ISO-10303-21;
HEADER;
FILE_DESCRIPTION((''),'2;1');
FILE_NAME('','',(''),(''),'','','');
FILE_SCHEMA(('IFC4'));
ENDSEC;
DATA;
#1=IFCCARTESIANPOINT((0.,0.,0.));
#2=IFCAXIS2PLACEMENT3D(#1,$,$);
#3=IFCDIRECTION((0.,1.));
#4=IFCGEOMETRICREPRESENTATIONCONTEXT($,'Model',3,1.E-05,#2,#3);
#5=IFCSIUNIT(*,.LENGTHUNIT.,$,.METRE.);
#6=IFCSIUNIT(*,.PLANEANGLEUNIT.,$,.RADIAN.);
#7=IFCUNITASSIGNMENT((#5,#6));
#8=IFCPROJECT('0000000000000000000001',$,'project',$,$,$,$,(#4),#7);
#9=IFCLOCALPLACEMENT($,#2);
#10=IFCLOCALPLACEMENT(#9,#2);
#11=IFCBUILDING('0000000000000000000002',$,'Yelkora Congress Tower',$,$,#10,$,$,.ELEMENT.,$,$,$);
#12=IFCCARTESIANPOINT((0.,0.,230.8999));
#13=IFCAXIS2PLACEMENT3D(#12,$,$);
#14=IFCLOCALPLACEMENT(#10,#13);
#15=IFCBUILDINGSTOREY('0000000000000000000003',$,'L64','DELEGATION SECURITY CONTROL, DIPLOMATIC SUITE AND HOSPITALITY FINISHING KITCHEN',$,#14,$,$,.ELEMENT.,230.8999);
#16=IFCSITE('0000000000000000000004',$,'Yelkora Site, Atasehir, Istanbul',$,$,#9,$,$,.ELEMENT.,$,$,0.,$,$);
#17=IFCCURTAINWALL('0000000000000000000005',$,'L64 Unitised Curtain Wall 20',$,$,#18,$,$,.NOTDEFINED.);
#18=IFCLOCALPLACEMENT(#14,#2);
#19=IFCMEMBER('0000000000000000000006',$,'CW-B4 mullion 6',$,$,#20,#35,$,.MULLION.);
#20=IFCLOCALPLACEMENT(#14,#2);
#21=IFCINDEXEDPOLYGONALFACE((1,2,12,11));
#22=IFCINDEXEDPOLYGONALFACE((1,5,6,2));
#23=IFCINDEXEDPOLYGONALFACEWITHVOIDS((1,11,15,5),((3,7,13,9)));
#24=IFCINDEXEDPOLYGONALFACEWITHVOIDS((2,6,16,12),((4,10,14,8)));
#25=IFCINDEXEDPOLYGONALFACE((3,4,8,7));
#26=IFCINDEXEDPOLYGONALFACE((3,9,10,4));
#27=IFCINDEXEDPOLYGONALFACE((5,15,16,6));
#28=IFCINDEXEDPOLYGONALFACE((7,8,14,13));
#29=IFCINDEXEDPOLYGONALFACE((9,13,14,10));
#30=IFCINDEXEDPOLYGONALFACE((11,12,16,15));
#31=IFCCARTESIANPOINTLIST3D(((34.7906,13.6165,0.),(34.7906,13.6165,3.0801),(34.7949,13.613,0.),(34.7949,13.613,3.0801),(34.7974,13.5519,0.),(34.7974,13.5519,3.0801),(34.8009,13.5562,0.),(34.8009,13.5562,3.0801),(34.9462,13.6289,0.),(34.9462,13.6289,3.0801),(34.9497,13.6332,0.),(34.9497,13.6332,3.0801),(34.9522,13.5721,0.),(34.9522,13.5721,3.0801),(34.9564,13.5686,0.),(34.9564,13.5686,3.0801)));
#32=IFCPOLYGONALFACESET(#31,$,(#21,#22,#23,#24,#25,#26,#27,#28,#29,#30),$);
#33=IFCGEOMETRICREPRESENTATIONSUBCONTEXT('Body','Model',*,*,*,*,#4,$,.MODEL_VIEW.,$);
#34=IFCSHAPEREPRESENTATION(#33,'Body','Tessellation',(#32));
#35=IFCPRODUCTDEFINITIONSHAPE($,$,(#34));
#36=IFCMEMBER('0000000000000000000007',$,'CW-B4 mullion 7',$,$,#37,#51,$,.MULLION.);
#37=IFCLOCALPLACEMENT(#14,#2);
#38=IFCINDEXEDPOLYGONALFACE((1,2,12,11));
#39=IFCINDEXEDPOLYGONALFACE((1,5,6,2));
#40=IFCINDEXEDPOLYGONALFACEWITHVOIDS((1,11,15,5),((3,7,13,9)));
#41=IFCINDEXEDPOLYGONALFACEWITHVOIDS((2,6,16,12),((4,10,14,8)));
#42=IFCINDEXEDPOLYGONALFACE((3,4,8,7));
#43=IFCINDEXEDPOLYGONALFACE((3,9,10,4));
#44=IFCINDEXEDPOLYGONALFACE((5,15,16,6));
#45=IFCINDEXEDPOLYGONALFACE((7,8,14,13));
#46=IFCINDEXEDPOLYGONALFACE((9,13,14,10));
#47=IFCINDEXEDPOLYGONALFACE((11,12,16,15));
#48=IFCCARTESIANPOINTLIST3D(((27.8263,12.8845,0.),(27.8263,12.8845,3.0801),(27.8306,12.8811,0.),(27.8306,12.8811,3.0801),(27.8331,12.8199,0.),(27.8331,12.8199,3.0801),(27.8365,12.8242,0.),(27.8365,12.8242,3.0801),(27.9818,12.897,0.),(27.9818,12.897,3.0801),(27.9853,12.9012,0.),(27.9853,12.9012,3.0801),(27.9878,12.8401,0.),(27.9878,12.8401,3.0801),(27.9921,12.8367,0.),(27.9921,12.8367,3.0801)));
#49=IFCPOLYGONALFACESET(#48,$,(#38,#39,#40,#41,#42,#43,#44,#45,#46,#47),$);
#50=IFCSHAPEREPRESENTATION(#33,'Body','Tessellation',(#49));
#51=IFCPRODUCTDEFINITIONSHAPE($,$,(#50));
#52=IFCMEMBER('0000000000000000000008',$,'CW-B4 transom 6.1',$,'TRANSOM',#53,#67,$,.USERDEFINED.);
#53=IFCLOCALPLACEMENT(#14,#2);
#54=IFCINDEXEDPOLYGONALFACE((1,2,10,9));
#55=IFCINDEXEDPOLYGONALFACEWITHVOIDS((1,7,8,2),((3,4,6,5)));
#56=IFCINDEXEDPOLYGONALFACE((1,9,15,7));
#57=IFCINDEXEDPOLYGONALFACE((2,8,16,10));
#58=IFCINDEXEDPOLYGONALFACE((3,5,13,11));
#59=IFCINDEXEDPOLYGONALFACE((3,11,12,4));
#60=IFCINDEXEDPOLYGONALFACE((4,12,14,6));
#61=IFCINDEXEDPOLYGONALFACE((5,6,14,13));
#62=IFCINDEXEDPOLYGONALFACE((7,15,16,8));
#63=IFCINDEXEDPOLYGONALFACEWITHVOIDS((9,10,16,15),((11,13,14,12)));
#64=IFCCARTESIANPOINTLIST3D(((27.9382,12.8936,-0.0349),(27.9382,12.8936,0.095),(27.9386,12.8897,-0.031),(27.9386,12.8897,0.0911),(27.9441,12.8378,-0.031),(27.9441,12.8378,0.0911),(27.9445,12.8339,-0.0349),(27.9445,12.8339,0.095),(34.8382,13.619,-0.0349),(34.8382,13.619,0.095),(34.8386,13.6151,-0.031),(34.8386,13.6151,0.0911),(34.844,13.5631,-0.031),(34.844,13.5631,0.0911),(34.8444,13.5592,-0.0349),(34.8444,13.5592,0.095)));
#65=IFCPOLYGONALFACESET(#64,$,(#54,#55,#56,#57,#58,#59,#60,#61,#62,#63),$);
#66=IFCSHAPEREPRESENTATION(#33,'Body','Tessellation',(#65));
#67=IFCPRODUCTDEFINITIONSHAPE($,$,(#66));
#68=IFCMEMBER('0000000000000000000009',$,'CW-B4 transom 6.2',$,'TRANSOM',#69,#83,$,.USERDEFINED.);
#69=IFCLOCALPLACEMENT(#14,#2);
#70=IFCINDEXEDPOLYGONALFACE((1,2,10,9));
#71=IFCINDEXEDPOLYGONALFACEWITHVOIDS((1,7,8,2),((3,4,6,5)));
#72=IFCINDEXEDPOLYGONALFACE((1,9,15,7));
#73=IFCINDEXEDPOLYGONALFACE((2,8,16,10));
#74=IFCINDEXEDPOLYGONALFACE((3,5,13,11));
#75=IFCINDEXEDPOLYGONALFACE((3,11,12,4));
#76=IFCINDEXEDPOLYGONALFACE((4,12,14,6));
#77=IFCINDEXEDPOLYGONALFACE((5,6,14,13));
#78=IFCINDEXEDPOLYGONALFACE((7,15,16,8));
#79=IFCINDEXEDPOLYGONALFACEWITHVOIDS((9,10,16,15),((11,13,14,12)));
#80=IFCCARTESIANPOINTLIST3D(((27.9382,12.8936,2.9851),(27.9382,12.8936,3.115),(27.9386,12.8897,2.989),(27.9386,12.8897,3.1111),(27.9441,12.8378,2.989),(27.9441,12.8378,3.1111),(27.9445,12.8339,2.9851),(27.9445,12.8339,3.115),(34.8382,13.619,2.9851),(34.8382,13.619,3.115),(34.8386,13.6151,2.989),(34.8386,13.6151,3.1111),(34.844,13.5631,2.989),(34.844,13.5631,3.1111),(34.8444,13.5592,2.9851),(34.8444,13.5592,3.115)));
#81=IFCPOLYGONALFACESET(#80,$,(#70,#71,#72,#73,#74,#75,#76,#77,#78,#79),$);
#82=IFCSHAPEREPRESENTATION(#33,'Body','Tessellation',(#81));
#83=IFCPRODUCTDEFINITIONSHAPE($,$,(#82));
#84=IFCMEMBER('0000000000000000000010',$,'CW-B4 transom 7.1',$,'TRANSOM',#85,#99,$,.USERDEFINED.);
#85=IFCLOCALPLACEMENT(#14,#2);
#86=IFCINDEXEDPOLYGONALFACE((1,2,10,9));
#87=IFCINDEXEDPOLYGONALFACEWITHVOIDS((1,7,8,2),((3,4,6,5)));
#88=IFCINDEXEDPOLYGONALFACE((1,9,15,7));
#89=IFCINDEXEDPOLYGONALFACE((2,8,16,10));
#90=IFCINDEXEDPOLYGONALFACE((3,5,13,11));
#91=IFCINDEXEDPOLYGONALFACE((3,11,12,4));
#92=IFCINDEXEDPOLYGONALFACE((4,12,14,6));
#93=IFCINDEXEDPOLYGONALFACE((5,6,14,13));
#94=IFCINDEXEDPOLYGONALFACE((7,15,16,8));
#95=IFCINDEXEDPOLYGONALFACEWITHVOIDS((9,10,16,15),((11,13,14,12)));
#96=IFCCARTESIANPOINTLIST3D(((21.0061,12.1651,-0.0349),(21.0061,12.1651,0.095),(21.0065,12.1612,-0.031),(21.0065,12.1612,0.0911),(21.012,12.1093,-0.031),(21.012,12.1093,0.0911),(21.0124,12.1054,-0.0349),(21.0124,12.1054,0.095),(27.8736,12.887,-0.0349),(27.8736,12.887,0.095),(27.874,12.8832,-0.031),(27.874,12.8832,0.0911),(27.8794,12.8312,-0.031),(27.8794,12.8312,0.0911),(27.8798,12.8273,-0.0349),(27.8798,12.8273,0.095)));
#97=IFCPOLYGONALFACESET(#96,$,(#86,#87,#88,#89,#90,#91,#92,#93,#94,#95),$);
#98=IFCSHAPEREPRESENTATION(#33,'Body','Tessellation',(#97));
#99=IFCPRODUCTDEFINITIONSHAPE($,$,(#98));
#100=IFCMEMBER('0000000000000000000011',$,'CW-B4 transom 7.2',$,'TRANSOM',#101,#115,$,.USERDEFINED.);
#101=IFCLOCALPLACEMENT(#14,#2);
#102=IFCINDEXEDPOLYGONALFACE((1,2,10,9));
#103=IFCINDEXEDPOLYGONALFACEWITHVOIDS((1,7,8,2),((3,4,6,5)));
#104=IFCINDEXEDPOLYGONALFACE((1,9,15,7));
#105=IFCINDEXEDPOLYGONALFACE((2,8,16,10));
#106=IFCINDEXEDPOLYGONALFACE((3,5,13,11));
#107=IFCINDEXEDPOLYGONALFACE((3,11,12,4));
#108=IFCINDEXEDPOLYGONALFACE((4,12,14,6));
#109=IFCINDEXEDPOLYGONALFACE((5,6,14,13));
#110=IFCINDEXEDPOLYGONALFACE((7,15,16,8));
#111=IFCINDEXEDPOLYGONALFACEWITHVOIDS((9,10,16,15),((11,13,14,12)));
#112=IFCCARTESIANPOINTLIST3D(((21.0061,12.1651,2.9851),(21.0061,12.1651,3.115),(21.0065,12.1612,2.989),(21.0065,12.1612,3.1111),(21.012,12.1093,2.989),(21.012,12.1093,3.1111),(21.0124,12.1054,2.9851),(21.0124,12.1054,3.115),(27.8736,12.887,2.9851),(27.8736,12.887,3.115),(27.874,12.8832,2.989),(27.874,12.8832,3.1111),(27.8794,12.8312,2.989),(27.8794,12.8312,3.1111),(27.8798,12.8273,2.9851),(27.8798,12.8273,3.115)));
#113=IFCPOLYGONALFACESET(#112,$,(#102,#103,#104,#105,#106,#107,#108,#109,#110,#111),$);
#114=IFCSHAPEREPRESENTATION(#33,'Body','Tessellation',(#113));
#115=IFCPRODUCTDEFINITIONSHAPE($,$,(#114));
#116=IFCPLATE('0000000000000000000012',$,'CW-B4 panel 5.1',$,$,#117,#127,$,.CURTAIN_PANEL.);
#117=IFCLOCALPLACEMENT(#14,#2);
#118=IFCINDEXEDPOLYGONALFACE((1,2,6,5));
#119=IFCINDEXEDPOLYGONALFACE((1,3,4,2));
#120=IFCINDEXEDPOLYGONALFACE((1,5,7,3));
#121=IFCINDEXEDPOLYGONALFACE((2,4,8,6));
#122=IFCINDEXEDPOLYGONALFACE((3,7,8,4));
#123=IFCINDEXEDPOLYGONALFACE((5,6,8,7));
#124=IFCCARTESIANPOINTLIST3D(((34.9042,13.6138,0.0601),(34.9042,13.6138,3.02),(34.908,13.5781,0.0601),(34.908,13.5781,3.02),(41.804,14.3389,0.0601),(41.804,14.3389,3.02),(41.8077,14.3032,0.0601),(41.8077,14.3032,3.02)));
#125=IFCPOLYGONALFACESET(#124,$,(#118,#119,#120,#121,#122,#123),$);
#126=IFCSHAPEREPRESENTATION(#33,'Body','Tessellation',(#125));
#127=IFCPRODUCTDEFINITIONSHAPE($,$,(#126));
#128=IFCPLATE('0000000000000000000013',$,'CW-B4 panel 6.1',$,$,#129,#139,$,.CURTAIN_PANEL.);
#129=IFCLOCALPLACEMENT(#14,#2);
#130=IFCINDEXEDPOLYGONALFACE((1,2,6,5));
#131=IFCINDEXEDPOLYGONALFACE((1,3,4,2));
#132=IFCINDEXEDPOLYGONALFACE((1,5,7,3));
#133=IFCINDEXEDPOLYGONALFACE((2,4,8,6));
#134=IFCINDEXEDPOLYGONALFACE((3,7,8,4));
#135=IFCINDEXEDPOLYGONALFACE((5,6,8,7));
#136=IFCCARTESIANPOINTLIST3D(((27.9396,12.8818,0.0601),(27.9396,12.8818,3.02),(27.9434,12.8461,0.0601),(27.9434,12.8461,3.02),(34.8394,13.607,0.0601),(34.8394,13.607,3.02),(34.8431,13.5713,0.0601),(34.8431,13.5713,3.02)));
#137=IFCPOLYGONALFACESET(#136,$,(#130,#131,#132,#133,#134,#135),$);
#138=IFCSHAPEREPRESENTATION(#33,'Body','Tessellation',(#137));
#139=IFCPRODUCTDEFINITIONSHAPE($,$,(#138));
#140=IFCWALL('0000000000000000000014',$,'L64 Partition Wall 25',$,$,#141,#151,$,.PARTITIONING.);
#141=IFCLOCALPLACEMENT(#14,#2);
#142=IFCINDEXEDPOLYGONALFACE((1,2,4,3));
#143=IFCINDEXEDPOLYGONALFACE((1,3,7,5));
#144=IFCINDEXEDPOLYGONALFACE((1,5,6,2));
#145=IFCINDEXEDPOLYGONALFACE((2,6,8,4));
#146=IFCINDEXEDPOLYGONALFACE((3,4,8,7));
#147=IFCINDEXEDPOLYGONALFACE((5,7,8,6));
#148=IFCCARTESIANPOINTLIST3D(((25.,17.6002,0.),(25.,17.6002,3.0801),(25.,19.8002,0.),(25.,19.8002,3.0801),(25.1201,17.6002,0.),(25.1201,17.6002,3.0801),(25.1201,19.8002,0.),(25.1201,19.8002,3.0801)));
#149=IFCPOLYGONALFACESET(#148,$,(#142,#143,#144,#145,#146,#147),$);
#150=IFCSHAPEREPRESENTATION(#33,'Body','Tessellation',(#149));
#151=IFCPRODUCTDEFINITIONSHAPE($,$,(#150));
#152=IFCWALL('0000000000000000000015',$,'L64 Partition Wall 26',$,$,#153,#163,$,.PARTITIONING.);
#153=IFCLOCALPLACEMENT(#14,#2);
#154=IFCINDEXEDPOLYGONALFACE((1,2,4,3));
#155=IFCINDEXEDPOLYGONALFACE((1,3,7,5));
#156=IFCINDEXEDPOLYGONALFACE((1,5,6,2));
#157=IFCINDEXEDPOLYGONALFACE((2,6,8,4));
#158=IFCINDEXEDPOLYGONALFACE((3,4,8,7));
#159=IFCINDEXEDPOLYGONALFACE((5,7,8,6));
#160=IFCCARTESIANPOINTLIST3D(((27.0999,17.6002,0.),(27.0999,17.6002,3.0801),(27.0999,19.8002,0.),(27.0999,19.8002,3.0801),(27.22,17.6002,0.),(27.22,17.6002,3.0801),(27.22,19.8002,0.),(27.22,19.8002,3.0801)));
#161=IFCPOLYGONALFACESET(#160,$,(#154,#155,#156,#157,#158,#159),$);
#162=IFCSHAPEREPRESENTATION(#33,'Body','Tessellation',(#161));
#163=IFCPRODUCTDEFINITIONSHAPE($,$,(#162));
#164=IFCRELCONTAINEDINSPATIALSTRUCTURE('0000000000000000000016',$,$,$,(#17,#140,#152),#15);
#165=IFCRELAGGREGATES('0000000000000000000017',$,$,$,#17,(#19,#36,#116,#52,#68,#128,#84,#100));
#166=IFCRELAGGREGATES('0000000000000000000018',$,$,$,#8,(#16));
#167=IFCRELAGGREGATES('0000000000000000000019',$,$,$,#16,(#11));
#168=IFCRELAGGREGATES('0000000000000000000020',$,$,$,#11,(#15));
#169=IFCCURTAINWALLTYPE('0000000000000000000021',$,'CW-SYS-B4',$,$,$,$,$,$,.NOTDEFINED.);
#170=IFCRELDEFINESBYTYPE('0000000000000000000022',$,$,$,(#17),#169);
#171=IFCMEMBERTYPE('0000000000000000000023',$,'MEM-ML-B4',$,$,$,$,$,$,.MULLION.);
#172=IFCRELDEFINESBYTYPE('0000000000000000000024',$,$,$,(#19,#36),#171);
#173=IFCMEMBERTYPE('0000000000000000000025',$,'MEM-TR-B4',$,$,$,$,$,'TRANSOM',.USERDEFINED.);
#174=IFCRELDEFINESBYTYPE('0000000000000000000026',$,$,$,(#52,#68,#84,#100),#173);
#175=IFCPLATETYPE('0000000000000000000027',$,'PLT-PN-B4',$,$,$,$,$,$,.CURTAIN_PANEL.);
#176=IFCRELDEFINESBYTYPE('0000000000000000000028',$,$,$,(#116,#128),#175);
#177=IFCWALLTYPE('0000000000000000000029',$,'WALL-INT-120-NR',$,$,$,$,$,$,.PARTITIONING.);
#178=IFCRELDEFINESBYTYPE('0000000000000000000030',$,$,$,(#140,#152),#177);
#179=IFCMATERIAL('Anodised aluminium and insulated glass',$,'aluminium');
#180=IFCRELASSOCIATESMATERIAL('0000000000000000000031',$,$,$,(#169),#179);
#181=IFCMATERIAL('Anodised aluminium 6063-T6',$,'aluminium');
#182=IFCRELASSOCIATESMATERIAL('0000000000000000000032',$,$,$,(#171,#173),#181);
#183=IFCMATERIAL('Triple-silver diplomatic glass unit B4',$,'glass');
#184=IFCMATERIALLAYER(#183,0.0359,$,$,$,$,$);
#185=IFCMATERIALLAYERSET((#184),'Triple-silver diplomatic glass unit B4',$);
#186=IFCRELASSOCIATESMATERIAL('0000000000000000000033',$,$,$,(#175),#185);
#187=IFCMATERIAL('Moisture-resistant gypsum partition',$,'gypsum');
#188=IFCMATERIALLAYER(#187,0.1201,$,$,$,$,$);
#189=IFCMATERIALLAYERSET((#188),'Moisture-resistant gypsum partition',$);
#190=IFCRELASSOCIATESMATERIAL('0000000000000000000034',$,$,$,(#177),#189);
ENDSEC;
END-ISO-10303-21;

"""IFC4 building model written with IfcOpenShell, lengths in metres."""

from ifc_helpers import new_model, si_unit, direction, frame, frame_2d, origin, origin_2d, place, context, subcontext, project, spatial, rectangle, hollow_rectangle, extrude, material, layer, layer_set, material_profile, profile_set, type_object, element, aggregate, save


model = new_model("IFC4")

# Units and contexts
model_context = context("Model", 3, precision=1e-05, world=origin(), true_north=direction((0.0, 1.0)))
body_context = subcontext(model_context, "Body", "Model", "MODEL_VIEW")
ifc_project = project(units=[si_unit("LENGTHUNIT", "METRE"), si_unit("PLANEANGLEUNIT", "RADIAN")], contexts=[model_context])

# Site, building, storey
site_placement = place(None, origin())
site = spatial("IfcSite", under=ifc_project, at=site_placement, Name="Yelkora Site, Atasehir, Istanbul", CompositionType="ELEMENT", RefElevation=0.0)
building_placement = place(site_placement, origin())
building = spatial("IfcBuilding", under=site, at=building_placement, Name="Yelkora Congress Tower", CompositionType="ELEMENT")
storey_placement = place(building_placement, frame((0.0, 0.0, 230.8999)))
storey = spatial("IfcBuildingStorey", under=building, at=storey_placement, Name="L64", Description="DELEGATION SECURITY CONTROL, DIPLOMATIC SUITE AND HOSPITALITY FINISHING KITCHEN", CompositionType="ELEMENT", Elevation=230.8999)

# Curtain wall, members, plates
ifc_material_1 = material(Name="Anodised aluminium and insulated glass", Category="aluminium")
curtain_wall_type = type_object("IfcCurtainWallType", Name="CW-SYS-B4", PredefinedType="NOTDEFINED", material=ifc_material_1)
curtain_wall_placement = place(storey_placement, origin())
curtain_wall = element("IfcCurtainWall", 1, at=curtain_wall_placement, inside=storey, type_object=curtain_wall_type, Name="L64 Unitised Curtain Wall 20", PredefinedType="NOTDEFINED")
ifc_material_2 = material(Name="Anodised aluminium 6063-T6", Category="aluminium")
ifc_material_profile_1 = material_profile(ifc_material_2, hollow_rectangle(XDim=0.0649, YDim=0.1599, WallThickness=0.0039, at=origin_2d()), Name="ALU 65x160x4")
ifc_profile_set_1 = profile_set([ifc_material_profile_1], Name="Anodised aluminium 6063-T6")
member_type_1 = type_object("IfcMemberType", Name="MEM-ML-B4", PredefinedType="MULLION", material=ifc_profile_set_1)
member_1_placement = place(storey_placement, frame((34.8735, 13.5925, 0.0), z_axis=(0.0, 0.0, 1.0), x_axis=(0.104527, -0.994522, 0.0)))
member_1 = element("IfcMember", 2, at=member_1_placement, type_object=member_type_1, Name="CW-B4 mullion 6", PredefinedType="MULLION", context=body_context, shape_type="SweptSolid", body=[
    extrude(hollow_rectangle(XDim=0.0649, YDim=0.1599, WallThickness=0.0039, at=origin_2d()), origin(), (0.0, 0.0, 1.0), 3.0801),
])
member_2_placement = place(storey_placement, frame((27.9092, 12.8606, 0.0), z_axis=(0.0, 0.0, 1.0), x_axis=(0.104527, -0.994522, 0.0)))
member_2 = element("IfcMember", 3, at=member_2_placement, type_object=member_type_1, Name="CW-B4 mullion 7", PredefinedType="MULLION", context=body_context, shape_type="SweptSolid", body=[
    extrude(hollow_rectangle(XDim=0.0649, YDim=0.1599, WallThickness=0.0039, at=origin_2d()), origin(), (0.0, 0.0, 1.0), 3.0801),
])
ifc_material_profile_2 = material_profile(ifc_material_2, hollow_rectangle(XDim=0.0601, YDim=0.1299, WallThickness=0.0039, at=origin_2d()), Name="ALU 60x130x4")
ifc_profile_set_2 = profile_set([ifc_material_profile_2], Name="Anodised aluminium 6063-T6")
member_type_2 = type_object("IfcMemberType", Name="MEM-TR-B4", ElementType="TRANSOM", PredefinedType="USERDEFINED", material=ifc_profile_set_2)
member_3_placement = place(storey_placement, frame((34.8413, 13.5891, 0.03), z_axis=(-0.99452, -0.104547, 0.0), x_axis=(0.104547, -0.99452, 0.0)))
member_3 = element("IfcMember", 4, at=member_3_placement, type_object=member_type_2, Name="CW-B4 transom 6.1", ObjectType="TRANSOM", PredefinedType="USERDEFINED", context=body_context, shape_type="SweptSolid", body=[
    extrude(hollow_rectangle(XDim=0.0601, YDim=0.1299, WallThickness=0.0039, at=origin_2d()), origin(), (0.0, 0.0, 1.0), 6.938),
])
member_4_placement = place(storey_placement, frame((34.8413, 13.5891, 3.05), z_axis=(-0.99452, -0.104547, 0.0), x_axis=(0.104547, -0.99452, 0.0)))
member_4 = element("IfcMember", 5, at=member_4_placement, type_object=member_type_2, Name="CW-B4 transom 6.2", ObjectType="TRANSOM", PredefinedType="USERDEFINED", context=body_context, shape_type="SweptSolid", body=[
    extrude(hollow_rectangle(XDim=0.0601, YDim=0.1299, WallThickness=0.0039, at=origin_2d()), origin(), (0.0, 0.0, 1.0), 6.938),
])
member_5_placement = place(storey_placement, frame((27.8767, 12.8572, 0.03), z_axis=(-0.99452, -0.104547, 0.0), x_axis=(0.104547, -0.99452, 0.0)))
member_5 = element("IfcMember", 6, at=member_5_placement, type_object=member_type_2, Name="CW-B4 transom 7.1", ObjectType="TRANSOM", PredefinedType="USERDEFINED", context=body_context, shape_type="SweptSolid", body=[
    extrude(hollow_rectangle(XDim=0.0601, YDim=0.1299, WallThickness=0.0039, at=origin_2d()), origin(), (0.0, 0.0, 1.0), 6.9053),
])
member_6_placement = place(storey_placement, frame((27.8767, 12.8572, 3.05), z_axis=(-0.99452, -0.104547, 0.0), x_axis=(0.104547, -0.99452, 0.0)))
member_6 = element("IfcMember", 7, at=member_6_placement, type_object=member_type_2, Name="CW-B4 transom 7.2", ObjectType="TRANSOM", PredefinedType="USERDEFINED", context=body_context, shape_type="SweptSolid", body=[
    extrude(hollow_rectangle(XDim=0.0601, YDim=0.1299, WallThickness=0.0039, at=origin_2d()), origin(), (0.0, 0.0, 1.0), 6.9053),
])
ifc_material_3 = material(Name="Triple-silver diplomatic glass unit B4", Category="glass")
ifc_layer_1 = layer(ifc_material_3, 0.0359)
ifc_layer_set_1 = layer_set([ifc_layer_1], Name="Triple-silver diplomatic glass unit B4")
plate_type = type_object("IfcPlateType", Name="PLT-PN-B4", PredefinedType="CURTAIN_PANEL", material=ifc_layer_set_1)
plate_1_placement = place(storey_placement, frame((38.356, 13.9585, 0.0601), z_axis=(0.0, 0.0, 1.0), x_axis=(-0.994522, -0.104527, 0.0)))
plate_1 = element("IfcPlate", 8, at=plate_1_placement, type_object=plate_type, Name="CW-B4 panel 5.1", PredefinedType="CURTAIN_PANEL", context=body_context, shape_type="SweptSolid", body=[
    extrude(rectangle(XDim=6.9377, YDim=0.0359, at=origin_2d()), origin(), (0.0, 0.0, 1.0), 2.96),
])
plate_2_placement = place(storey_placement, frame((31.3914, 13.2266, 0.0601), z_axis=(0.0, 0.0, 1.0), x_axis=(-0.994522, -0.104527, 0.0)))
plate_2 = element("IfcPlate", 9, at=plate_2_placement, type_object=plate_type, Name="CW-B4 panel 6.1", PredefinedType="CURTAIN_PANEL", context=body_context, shape_type="SweptSolid", body=[
    extrude(rectangle(XDim=6.9377, YDim=0.0359, at=origin_2d()), origin(), (0.0, 0.0, 1.0), 2.96),
])
aggregate(curtain_wall, [member_1, member_2, plate_1, member_3, member_4, plate_2, member_5, member_6])

# Walls
ifc_material_4 = material(Name="Moisture-resistant gypsum partition", Category="gypsum")
ifc_layer_2 = layer(ifc_material_4, 0.1201)
ifc_layer_set_2 = layer_set([ifc_layer_2], Name="Moisture-resistant gypsum partition")
wall_type_1 = type_object("IfcWallType", Name="WALL-INT-120-NR", PredefinedType="PARTITIONING", material=ifc_layer_set_2)
for number, where, z_axis, x_axis, name in (
    (10, (25.0601, 17.6001, 0.0), (0.0, 0.0, 1.0), (0.0, 1.0, 0.0), "L64 Partition Wall 25"),
    (11, (27.1599, 17.6001, 0.0), (0.0, 0.0, 1.0), (0.0, 1.0, 0.0), "L64 Partition Wall 26"),
):
    element("IfcWall", number, at=place(storey_placement, frame(where, z_axis=z_axis, x_axis=x_axis)), inside=storey, type_object=wall_type_1, Name=name, PredefinedType="PARTITIONING", context=body_context, shape_type="SweptSolid", body=[
        extrude(rectangle(XDim=2.2, YDim=0.1201, at=frame_2d((1.1001, 0.0))), origin(), (0.0, 0.0, 1.0), 3.0801),
    ])

save(model, "model.ifc")
